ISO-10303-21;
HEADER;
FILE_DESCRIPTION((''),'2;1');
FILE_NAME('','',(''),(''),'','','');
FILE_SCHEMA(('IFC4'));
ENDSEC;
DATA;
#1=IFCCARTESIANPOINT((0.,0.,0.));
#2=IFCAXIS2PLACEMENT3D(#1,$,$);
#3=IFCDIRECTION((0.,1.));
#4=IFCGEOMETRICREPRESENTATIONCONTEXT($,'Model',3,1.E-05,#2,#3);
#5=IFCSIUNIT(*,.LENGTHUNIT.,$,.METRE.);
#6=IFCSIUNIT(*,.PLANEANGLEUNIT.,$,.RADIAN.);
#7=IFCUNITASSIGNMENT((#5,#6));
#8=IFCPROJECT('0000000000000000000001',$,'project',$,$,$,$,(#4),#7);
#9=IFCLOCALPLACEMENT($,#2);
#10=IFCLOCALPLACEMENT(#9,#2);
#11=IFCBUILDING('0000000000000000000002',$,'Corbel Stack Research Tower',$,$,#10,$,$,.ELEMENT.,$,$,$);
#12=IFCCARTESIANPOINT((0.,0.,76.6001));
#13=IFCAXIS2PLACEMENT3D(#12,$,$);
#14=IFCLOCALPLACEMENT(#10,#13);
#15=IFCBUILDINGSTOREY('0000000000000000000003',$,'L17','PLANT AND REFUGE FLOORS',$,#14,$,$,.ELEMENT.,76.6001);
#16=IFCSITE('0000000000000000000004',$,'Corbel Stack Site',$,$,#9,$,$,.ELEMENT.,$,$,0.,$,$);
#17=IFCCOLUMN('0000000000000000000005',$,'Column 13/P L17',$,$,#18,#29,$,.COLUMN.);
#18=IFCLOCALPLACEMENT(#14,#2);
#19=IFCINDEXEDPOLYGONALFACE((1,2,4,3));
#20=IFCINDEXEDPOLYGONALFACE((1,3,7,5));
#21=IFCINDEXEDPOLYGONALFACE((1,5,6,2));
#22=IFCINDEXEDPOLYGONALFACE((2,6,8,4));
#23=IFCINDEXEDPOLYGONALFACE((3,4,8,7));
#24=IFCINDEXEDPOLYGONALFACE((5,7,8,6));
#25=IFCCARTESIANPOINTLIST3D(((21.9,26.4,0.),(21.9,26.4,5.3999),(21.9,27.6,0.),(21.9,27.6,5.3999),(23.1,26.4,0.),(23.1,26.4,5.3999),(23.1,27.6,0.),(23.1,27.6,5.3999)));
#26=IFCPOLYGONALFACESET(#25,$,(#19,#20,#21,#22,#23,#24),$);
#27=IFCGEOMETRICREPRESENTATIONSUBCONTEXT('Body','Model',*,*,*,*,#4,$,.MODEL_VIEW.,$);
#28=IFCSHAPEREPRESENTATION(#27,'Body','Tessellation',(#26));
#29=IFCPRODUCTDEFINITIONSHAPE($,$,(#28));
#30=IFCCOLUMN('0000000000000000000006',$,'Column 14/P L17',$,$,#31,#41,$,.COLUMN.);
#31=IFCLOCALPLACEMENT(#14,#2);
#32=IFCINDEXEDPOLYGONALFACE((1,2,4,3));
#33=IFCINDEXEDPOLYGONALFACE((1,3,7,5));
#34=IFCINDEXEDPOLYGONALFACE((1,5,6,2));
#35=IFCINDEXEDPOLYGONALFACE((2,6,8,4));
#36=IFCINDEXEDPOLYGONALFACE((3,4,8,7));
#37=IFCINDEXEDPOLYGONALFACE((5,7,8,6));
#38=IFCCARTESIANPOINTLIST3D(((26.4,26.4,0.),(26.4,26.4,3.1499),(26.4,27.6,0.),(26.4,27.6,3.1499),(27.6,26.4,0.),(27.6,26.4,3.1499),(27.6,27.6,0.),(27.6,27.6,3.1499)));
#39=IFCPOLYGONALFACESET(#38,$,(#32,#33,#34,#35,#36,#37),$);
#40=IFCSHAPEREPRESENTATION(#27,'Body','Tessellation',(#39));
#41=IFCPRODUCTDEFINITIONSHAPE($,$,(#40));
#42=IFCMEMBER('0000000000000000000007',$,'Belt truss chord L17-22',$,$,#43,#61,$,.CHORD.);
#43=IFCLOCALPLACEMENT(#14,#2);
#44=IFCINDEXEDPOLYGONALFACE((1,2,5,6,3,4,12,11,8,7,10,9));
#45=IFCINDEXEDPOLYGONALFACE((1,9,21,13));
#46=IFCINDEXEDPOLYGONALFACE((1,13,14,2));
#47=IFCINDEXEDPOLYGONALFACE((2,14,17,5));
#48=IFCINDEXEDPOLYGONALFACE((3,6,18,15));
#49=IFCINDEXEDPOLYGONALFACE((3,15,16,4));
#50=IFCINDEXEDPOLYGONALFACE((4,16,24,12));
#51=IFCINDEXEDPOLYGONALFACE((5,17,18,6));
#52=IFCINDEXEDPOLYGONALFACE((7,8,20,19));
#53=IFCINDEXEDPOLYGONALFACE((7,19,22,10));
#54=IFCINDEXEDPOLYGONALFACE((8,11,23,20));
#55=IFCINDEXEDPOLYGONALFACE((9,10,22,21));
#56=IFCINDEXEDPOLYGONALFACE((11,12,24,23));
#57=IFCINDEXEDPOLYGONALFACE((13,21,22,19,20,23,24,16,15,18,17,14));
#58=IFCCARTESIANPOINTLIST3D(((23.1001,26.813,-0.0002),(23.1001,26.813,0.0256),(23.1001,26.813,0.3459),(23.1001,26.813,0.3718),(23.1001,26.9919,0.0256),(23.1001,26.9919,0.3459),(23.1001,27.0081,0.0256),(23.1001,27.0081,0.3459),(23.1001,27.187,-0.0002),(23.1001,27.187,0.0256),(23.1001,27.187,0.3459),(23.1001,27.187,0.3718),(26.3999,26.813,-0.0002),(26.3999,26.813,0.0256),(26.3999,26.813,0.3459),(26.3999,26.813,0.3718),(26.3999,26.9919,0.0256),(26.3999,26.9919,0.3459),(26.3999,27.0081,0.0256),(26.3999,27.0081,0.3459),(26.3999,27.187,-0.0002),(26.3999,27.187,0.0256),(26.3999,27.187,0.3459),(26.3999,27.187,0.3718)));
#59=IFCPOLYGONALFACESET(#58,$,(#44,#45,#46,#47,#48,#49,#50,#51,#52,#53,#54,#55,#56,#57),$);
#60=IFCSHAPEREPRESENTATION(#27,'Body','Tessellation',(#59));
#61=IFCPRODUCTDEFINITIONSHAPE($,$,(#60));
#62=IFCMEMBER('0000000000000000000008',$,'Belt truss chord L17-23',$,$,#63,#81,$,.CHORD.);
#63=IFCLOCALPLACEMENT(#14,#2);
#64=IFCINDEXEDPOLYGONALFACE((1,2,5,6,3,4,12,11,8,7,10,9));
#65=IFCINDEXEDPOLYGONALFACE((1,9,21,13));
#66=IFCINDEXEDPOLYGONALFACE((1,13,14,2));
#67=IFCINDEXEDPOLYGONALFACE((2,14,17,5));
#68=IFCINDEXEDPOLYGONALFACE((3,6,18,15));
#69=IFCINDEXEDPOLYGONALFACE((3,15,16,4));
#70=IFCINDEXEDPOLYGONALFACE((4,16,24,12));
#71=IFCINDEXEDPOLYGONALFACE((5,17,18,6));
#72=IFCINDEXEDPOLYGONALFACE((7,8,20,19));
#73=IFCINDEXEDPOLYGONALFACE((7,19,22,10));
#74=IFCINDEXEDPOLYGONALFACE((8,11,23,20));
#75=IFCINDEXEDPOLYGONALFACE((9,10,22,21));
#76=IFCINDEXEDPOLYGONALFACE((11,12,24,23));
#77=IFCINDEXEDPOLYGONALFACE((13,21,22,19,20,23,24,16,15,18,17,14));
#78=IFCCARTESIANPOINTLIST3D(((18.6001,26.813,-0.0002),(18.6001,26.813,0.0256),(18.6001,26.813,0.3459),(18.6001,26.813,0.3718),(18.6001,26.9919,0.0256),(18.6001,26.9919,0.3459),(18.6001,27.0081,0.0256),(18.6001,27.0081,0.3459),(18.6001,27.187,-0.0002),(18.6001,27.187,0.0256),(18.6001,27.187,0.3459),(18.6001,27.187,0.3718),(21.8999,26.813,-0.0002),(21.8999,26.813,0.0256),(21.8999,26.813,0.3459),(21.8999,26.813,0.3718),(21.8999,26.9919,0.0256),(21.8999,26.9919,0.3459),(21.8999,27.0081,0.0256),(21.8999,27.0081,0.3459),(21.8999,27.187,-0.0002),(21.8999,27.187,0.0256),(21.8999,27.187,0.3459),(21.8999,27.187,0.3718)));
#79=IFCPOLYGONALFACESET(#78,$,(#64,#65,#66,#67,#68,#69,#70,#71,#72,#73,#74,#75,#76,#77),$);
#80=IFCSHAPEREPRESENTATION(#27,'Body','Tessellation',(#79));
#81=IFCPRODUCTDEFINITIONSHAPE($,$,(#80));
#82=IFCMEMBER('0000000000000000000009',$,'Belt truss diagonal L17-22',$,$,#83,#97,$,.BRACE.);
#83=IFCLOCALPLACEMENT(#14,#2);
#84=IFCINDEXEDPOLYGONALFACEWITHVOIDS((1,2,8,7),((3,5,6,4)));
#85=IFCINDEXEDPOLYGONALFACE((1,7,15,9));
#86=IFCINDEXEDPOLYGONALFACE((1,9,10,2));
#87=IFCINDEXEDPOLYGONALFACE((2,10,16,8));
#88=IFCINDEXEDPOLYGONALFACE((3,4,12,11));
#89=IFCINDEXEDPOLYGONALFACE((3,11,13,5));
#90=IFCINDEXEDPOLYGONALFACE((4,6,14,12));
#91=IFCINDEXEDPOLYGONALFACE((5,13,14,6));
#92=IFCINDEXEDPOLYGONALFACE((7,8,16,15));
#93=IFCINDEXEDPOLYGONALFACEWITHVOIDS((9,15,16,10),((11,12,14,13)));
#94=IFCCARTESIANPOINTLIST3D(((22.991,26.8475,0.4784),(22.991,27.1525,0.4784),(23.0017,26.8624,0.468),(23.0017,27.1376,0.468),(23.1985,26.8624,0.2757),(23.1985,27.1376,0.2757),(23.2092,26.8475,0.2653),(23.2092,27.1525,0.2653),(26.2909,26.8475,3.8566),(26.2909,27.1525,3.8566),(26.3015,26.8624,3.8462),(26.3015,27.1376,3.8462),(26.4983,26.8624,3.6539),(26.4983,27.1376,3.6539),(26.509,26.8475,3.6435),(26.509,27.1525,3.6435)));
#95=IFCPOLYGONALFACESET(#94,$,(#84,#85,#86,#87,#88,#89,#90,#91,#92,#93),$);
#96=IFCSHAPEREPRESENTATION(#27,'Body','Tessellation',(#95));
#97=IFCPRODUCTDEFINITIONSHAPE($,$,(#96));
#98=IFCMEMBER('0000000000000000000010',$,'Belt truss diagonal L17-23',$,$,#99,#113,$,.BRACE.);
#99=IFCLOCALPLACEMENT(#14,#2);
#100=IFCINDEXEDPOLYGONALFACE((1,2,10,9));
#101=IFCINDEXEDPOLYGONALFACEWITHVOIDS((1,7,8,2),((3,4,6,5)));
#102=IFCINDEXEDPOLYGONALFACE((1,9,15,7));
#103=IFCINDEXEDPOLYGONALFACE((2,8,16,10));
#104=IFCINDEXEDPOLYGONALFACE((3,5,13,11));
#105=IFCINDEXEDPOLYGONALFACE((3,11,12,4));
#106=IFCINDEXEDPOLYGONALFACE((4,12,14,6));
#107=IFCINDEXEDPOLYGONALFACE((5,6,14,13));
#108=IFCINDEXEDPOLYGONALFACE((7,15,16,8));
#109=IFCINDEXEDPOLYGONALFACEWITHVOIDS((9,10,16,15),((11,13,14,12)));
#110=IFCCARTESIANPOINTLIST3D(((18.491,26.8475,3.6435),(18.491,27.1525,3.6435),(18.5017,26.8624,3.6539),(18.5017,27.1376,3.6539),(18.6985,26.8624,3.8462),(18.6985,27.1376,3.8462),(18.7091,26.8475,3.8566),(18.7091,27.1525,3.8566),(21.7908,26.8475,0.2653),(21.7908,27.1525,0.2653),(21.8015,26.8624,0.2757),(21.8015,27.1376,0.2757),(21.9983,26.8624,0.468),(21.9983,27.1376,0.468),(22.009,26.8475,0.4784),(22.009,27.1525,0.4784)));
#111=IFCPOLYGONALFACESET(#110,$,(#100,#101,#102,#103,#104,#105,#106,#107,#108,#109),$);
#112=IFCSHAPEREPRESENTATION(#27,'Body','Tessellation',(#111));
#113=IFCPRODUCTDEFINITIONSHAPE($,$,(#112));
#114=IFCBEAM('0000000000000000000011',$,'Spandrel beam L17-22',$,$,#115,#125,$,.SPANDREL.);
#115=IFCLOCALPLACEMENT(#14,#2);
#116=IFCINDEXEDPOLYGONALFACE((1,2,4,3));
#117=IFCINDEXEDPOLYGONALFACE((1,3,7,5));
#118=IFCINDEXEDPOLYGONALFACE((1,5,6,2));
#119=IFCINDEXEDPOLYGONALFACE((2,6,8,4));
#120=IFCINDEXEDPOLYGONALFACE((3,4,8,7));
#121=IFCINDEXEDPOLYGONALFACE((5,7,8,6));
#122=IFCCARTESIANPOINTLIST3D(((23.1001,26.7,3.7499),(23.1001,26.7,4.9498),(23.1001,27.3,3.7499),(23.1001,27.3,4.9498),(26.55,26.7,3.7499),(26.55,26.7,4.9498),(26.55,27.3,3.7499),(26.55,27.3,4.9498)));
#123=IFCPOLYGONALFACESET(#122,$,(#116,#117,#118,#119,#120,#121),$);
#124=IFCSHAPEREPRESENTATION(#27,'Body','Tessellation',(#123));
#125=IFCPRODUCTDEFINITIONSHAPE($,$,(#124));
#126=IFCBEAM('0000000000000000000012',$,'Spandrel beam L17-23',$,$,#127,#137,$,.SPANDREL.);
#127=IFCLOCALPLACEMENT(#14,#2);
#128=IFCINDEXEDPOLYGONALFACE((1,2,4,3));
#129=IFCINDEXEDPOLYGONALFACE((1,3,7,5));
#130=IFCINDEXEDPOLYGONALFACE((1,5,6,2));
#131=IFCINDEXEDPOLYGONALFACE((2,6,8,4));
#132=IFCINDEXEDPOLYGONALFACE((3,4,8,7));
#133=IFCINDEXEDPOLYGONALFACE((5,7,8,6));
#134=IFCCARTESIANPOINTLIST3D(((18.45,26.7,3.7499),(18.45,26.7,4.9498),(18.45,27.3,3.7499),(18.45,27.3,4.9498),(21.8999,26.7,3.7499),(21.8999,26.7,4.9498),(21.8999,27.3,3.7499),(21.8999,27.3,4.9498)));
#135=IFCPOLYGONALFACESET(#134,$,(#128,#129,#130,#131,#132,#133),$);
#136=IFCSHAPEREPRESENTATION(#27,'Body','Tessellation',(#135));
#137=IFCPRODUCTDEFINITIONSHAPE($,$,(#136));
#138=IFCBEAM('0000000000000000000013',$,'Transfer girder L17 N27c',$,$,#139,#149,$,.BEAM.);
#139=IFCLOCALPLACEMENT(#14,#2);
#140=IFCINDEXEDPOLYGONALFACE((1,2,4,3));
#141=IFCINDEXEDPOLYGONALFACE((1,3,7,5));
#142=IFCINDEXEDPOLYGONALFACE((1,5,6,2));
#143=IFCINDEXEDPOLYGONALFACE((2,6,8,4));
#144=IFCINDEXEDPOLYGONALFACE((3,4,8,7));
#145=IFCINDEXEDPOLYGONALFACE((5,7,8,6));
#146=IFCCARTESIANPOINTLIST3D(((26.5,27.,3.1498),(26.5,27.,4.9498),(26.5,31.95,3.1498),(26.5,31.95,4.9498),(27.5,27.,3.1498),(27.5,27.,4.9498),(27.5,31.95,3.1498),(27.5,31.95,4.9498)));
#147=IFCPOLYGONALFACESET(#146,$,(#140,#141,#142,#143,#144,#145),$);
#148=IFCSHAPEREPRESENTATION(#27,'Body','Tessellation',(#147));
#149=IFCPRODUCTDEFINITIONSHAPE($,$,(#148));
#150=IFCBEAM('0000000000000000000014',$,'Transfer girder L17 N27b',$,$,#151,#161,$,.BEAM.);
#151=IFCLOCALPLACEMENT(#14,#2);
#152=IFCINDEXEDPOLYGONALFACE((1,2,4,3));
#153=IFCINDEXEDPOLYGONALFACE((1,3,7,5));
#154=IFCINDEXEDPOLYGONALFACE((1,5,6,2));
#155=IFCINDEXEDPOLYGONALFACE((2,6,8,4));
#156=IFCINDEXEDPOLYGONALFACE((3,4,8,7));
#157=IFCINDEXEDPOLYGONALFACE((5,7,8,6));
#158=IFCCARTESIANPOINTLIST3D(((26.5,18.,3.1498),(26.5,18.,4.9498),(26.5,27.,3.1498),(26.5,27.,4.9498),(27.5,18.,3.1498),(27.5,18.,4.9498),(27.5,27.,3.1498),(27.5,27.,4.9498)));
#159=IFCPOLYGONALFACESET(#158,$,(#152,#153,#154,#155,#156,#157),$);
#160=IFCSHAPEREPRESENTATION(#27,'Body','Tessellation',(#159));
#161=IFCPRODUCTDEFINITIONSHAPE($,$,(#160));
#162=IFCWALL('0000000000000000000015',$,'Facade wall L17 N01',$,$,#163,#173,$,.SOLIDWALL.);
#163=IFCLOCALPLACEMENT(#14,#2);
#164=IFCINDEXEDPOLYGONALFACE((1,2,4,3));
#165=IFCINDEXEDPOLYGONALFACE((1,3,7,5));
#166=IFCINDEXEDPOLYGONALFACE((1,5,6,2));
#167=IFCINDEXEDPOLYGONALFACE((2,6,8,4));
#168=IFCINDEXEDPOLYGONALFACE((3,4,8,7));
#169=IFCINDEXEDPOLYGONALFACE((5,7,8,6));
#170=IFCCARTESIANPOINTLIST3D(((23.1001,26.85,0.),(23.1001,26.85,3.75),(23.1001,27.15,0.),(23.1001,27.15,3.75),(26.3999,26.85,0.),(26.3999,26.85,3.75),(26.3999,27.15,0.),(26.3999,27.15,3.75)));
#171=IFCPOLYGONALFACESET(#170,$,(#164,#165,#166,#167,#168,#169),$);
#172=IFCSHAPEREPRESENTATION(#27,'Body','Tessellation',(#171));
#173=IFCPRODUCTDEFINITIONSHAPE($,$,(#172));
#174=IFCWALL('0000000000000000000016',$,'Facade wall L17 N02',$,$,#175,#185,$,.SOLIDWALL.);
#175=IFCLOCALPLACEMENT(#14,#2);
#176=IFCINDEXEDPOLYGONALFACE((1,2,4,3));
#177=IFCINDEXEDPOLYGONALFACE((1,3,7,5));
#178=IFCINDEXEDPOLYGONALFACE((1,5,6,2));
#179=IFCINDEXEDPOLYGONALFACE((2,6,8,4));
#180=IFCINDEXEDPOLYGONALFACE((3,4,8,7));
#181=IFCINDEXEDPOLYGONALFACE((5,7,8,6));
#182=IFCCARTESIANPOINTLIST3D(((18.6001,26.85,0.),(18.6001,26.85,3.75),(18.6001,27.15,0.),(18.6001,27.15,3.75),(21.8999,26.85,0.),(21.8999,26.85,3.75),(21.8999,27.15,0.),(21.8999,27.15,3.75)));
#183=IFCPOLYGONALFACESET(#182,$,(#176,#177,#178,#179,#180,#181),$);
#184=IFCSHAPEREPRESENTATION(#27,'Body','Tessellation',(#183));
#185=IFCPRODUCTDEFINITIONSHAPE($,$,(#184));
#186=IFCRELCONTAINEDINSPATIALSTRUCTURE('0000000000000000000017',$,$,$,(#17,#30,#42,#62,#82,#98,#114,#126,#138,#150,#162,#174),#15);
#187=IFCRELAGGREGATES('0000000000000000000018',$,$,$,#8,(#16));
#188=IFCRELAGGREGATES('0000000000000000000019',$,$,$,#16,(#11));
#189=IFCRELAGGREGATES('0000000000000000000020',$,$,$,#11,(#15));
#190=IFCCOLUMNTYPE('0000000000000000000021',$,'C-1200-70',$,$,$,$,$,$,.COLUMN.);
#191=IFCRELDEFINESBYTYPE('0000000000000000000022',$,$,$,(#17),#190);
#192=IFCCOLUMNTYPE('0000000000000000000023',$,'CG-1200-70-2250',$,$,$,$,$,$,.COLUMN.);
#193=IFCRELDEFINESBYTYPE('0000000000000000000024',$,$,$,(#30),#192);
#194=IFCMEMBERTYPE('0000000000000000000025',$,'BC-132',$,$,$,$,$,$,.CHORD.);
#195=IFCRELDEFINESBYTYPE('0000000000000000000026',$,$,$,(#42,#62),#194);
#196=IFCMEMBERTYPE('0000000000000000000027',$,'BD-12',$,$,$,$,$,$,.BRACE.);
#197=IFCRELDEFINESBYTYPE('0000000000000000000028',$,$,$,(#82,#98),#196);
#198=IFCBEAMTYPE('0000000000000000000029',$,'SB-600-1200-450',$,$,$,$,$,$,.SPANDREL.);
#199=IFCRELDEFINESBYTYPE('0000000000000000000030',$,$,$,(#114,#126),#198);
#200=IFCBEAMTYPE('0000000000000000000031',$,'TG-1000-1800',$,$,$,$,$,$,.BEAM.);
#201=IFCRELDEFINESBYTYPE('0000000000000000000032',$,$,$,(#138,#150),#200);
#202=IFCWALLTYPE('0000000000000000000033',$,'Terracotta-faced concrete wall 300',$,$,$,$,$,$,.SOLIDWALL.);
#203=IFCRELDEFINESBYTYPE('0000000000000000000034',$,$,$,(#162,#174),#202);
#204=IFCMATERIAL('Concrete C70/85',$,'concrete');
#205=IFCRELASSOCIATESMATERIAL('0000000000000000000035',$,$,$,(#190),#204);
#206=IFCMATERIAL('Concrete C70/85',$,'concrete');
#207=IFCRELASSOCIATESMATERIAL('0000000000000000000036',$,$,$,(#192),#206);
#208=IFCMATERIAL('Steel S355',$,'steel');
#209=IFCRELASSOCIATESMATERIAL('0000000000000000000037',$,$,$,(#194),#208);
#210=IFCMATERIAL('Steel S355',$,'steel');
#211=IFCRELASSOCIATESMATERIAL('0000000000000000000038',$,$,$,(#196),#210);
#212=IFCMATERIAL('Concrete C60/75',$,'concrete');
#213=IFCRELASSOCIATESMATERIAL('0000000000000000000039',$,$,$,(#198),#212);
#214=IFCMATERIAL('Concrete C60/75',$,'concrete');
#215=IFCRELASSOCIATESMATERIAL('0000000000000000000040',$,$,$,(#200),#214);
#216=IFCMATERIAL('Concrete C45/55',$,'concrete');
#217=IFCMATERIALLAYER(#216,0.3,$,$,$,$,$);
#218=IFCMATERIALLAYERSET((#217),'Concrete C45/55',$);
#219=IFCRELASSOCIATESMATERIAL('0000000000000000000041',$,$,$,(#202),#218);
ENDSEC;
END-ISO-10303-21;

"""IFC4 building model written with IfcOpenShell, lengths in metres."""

from ifc_helpers import new_model, si_unit, direction, frame, frame_2d, origin, origin_2d, place, context, subcontext, project, spatial, rectangle, hollow_rectangle, i_section, extrude, material, layer, layer_set, material_profile, profile_set, type_object, element, save


model = new_model("IFC4")

# Units and contexts
model_context = context("Model", 3, precision=1e-05, world=origin(), true_north=direction((0.0, 1.0)))
body_context = subcontext(model_context, "Body", "Model", "MODEL_VIEW")
ifc_project = project(units=[si_unit("LENGTHUNIT", "METRE"), si_unit("PLANEANGLEUNIT", "RADIAN")], contexts=[model_context])

# Site, building, storey
site_placement = place(None, origin())
site = spatial("IfcSite", under=ifc_project, at=site_placement, Name="Corbel Stack Site", CompositionType="ELEMENT", RefElevation=0.0)
building_placement = place(site_placement, origin())
building = spatial("IfcBuilding", under=site, at=building_placement, Name="Corbel Stack Research Tower", CompositionType="ELEMENT")
storey_placement = place(building_placement, frame((0.0, 0.0, 76.6001)))
storey = spatial("IfcBuildingStorey", under=building, at=storey_placement, Name="L17", Description="PLANT AND REFUGE FLOORS", CompositionType="ELEMENT", Elevation=76.6001)

# Columns
ifc_material_1 = material(Name="Concrete C70/85", Category="concrete")
ifc_material_profile_1 = material_profile(ifc_material_1, rectangle(XDim=1.2, YDim=1.2, at=origin_2d()), Name="RC 1200 x 1200")
ifc_profile_set_1 = profile_set([ifc_material_profile_1], Name="Concrete C70/85")
column_type_1 = type_object("IfcColumnType", Name="C-1200-70", PredefinedType="COLUMN", material=ifc_profile_set_1)
column_1_placement = place(storey_placement, frame((22.5, 27.0, 0.0), z_axis=(0.0, 0.0, 1.0), x_axis=(1.0, 0.0, 0.0)))
element("IfcColumn", 1, at=column_1_placement, inside=storey, type_object=column_type_1, Name="Column 13/P L17", PredefinedType="COLUMN", context=body_context, shape_type="SweptSolid", body=[
    extrude(rectangle(XDim=1.2, YDim=1.2, at=origin_2d()), origin(), (0.0, 0.0, 1.0), 5.3999),
])
ifc_material_2 = material(Name="Concrete C70/85", Category="concrete")
ifc_material_profile_2 = material_profile(ifc_material_2, rectangle(XDim=1.2, YDim=1.2, at=origin_2d()), Name="RC 1200 x 1200")
ifc_profile_set_2 = profile_set([ifc_material_profile_2], Name="Concrete C70/85")
column_type_2 = type_object("IfcColumnType", Name="CG-1200-70-2250", PredefinedType="COLUMN", material=ifc_profile_set_2)
column_2_placement = place(storey_placement, frame((27.0, 27.0, 0.0), z_axis=(0.0, 0.0, 1.0), x_axis=(1.0, 0.0, 0.0)))
element("IfcColumn", 2, at=column_2_placement, inside=storey, type_object=column_type_2, Name="Column 14/P L17", PredefinedType="COLUMN", context=body_context, shape_type="SweptSolid", body=[
    extrude(rectangle(XDim=1.2, YDim=1.2, at=origin_2d()), origin(), (0.0, 0.0, 1.0), 3.1499),
])

# Members
ifc_material_3 = material(Name="Steel S355", Category="steel")
ifc_material_profile_3 = material_profile(ifc_material_3, i_section(OverallWidth=0.374, OverallDepth=0.3721, WebThickness=0.0161, FlangeThickness=0.0259, at=origin_2d()), Name="W14x132")
ifc_profile_set_3 = profile_set([ifc_material_profile_3], Name="Steel S355")
member_type_1 = type_object("IfcMemberType", Name="BC-132", PredefinedType="CHORD", material=ifc_profile_set_3)
for number, where, z_axis, x_axis, name in (
    (3, (26.3999, 27.0, 0.1858), (-1.0, 0.0, 0.0), (0.0, -1.0, 0.0), "Belt truss chord L17-22"),
    (4, (21.8999, 27.0, 0.1858), (-1.0, 0.0, 0.0), (0.0, -1.0, 0.0), "Belt truss chord L17-23"),
):
    element("IfcMember", number, at=place(storey_placement, frame(where, z_axis=z_axis, x_axis=x_axis)), inside=storey, type_object=member_type_1, Name=name, PredefinedType="CHORD", context=body_context, shape_type="SweptSolid", body=[
        extrude(i_section(OverallWidth=0.374, OverallDepth=0.3721, WebThickness=0.0161, FlangeThickness=0.0259, at=origin_2d()), origin(), (0.0, 0.0, 1.0), 3.2998),
    ])
ifc_material_4 = material(Name="Steel S355", Category="steel")
ifc_material_profile_4 = material_profile(ifc_material_4, hollow_rectangle(XDim=0.3049, YDim=0.3049, WallThickness=0.0149, at=origin_2d()), Name="HSS12x12x5/8")
ifc_profile_set_4 = profile_set([ifc_material_profile_4], Name="Steel S355")
member_type_2 = type_object("IfcMemberType", Name="BD-12", PredefinedType="BRACE", material=ifc_profile_set_4)
for number, where, z_axis, x_axis, name in (
    (5, (23.1001, 27.0, 0.3718), (0.69876, 0.0, 0.715356), (0.0, 1.0, 0.0), "Belt truss diagonal L17-22"),
    (6, (21.8999, 27.0, 0.3718), (-0.69876, 0.0, 0.715356), (0.0, -1.0, 0.0), "Belt truss diagonal L17-23"),
):
    element("IfcMember", number, at=place(storey_placement, frame(where, z_axis=z_axis, x_axis=x_axis)), inside=storey, type_object=member_type_2, Name=name, PredefinedType="BRACE", context=body_context, shape_type="SweptSolid", body=[
        extrude(hollow_rectangle(XDim=0.3049, YDim=0.3049, WallThickness=0.0149, at=origin_2d()), origin(), (0.0, 0.0, 1.0), 4.7224),
    ])

# Beams
ifc_material_5 = material(Name="Concrete C60/75", Category="concrete")
ifc_material_profile_5 = material_profile(ifc_material_5, rectangle(XDim=0.6001, YDim=1.2, at=origin_2d()), Name="RC 600 x 1200")
ifc_profile_set_5 = profile_set([ifc_material_profile_5], Name="Concrete C60/75")
beam_type_1 = type_object("IfcBeamType", Name="SB-600-1200-450", PredefinedType="SPANDREL", material=ifc_profile_set_5)
for number, where, z_axis, x_axis, name in (
    (7, (26.55, 27.0, 4.3499), (-1.0, 0.0, 0.0), (0.0, -1.0, 0.0), "Spandrel beam L17-22"),
    (8, (21.8999, 27.0, 4.3499), (-1.0, 0.0, 0.0), (0.0, -1.0, 0.0), "Spandrel beam L17-23"),
):
    element("IfcBeam", number, at=place(storey_placement, frame(where, z_axis=z_axis, x_axis=x_axis)), inside=storey, type_object=beam_type_1, Name=name, PredefinedType="SPANDREL", context=body_context, shape_type="SweptSolid", body=[
        extrude(rectangle(XDim=0.6001, YDim=1.2, at=origin_2d()), origin(), (0.0, 0.0, 1.0), 3.45),
    ])
ifc_material_6 = material(Name="Concrete C60/75", Category="concrete")
ifc_material_profile_6 = material_profile(ifc_material_6, rectangle(XDim=1.0, YDim=1.8, at=origin_2d()), Name="RC 1000 x 1800")
ifc_profile_set_6 = profile_set([ifc_material_profile_6], Name="Concrete C60/75")
beam_type_2 = type_object("IfcBeamType", Name="TG-1000-1800", PredefinedType="BEAM", material=ifc_profile_set_6)
beam_1_placement = place(storey_placement, frame((27.0, 31.95, 4.0498), z_axis=(0.0, -1.0, 0.0), x_axis=(1.0, 0.0, 0.0)))
element("IfcBeam", 9, at=beam_1_placement, inside=storey, type_object=beam_type_2, Name="Transfer girder L17 N27c", PredefinedType="BEAM", context=body_context, shape_type="SweptSolid", body=[
    extrude(rectangle(XDim=1.0, YDim=1.8, at=origin_2d()), origin(), (0.0, 0.0, 1.0), 4.95),
])
beam_2_placement = place(storey_placement, frame((27.0, 27.0, 4.0498), z_axis=(0.0, -1.0, 0.0), x_axis=(1.0, 0.0, 0.0)))
element("IfcBeam", 10, at=beam_2_placement, inside=storey, type_object=beam_type_2, Name="Transfer girder L17 N27b", PredefinedType="BEAM", context=body_context, shape_type="SweptSolid", body=[
    extrude(rectangle(XDim=1.0, YDim=1.8, at=origin_2d()), origin(), (0.0, 0.0, 1.0), 9.0),
])

# Walls
ifc_material_7 = material(Name="Concrete C45/55", Category="concrete")
ifc_layer_1 = layer(ifc_material_7, 0.3)
ifc_layer_set_1 = layer_set([ifc_layer_1], Name="Concrete C45/55")
wall_type = type_object("IfcWallType", Name="Terracotta-faced concrete wall 300", PredefinedType="SOLIDWALL", material=ifc_layer_set_1)
for number, where, z_axis, x_axis, name in (
    (11, (23.1001, 27.0, 0.0), (0.0, 0.0, 1.0), (1.0, 0.0, 0.0), "Facade wall L17 N01"),
    (12, (18.6001, 27.0, 0.0), (0.0, 0.0, 1.0), (1.0, 0.0, 0.0), "Facade wall L17 N02"),
):
    element("IfcWall", number, at=place(storey_placement, frame(where, z_axis=z_axis, x_axis=x_axis)), inside=storey, type_object=wall_type, Name=name, PredefinedType="SOLIDWALL", context=body_context, shape_type="SweptSolid", body=[
        extrude(rectangle(XDim=3.2998, YDim=0.3, at=frame_2d((1.6499, 0.0))), origin(), (0.0, 0.0, 1.0), 3.75),
    ])

save(model, "model.ifc")
